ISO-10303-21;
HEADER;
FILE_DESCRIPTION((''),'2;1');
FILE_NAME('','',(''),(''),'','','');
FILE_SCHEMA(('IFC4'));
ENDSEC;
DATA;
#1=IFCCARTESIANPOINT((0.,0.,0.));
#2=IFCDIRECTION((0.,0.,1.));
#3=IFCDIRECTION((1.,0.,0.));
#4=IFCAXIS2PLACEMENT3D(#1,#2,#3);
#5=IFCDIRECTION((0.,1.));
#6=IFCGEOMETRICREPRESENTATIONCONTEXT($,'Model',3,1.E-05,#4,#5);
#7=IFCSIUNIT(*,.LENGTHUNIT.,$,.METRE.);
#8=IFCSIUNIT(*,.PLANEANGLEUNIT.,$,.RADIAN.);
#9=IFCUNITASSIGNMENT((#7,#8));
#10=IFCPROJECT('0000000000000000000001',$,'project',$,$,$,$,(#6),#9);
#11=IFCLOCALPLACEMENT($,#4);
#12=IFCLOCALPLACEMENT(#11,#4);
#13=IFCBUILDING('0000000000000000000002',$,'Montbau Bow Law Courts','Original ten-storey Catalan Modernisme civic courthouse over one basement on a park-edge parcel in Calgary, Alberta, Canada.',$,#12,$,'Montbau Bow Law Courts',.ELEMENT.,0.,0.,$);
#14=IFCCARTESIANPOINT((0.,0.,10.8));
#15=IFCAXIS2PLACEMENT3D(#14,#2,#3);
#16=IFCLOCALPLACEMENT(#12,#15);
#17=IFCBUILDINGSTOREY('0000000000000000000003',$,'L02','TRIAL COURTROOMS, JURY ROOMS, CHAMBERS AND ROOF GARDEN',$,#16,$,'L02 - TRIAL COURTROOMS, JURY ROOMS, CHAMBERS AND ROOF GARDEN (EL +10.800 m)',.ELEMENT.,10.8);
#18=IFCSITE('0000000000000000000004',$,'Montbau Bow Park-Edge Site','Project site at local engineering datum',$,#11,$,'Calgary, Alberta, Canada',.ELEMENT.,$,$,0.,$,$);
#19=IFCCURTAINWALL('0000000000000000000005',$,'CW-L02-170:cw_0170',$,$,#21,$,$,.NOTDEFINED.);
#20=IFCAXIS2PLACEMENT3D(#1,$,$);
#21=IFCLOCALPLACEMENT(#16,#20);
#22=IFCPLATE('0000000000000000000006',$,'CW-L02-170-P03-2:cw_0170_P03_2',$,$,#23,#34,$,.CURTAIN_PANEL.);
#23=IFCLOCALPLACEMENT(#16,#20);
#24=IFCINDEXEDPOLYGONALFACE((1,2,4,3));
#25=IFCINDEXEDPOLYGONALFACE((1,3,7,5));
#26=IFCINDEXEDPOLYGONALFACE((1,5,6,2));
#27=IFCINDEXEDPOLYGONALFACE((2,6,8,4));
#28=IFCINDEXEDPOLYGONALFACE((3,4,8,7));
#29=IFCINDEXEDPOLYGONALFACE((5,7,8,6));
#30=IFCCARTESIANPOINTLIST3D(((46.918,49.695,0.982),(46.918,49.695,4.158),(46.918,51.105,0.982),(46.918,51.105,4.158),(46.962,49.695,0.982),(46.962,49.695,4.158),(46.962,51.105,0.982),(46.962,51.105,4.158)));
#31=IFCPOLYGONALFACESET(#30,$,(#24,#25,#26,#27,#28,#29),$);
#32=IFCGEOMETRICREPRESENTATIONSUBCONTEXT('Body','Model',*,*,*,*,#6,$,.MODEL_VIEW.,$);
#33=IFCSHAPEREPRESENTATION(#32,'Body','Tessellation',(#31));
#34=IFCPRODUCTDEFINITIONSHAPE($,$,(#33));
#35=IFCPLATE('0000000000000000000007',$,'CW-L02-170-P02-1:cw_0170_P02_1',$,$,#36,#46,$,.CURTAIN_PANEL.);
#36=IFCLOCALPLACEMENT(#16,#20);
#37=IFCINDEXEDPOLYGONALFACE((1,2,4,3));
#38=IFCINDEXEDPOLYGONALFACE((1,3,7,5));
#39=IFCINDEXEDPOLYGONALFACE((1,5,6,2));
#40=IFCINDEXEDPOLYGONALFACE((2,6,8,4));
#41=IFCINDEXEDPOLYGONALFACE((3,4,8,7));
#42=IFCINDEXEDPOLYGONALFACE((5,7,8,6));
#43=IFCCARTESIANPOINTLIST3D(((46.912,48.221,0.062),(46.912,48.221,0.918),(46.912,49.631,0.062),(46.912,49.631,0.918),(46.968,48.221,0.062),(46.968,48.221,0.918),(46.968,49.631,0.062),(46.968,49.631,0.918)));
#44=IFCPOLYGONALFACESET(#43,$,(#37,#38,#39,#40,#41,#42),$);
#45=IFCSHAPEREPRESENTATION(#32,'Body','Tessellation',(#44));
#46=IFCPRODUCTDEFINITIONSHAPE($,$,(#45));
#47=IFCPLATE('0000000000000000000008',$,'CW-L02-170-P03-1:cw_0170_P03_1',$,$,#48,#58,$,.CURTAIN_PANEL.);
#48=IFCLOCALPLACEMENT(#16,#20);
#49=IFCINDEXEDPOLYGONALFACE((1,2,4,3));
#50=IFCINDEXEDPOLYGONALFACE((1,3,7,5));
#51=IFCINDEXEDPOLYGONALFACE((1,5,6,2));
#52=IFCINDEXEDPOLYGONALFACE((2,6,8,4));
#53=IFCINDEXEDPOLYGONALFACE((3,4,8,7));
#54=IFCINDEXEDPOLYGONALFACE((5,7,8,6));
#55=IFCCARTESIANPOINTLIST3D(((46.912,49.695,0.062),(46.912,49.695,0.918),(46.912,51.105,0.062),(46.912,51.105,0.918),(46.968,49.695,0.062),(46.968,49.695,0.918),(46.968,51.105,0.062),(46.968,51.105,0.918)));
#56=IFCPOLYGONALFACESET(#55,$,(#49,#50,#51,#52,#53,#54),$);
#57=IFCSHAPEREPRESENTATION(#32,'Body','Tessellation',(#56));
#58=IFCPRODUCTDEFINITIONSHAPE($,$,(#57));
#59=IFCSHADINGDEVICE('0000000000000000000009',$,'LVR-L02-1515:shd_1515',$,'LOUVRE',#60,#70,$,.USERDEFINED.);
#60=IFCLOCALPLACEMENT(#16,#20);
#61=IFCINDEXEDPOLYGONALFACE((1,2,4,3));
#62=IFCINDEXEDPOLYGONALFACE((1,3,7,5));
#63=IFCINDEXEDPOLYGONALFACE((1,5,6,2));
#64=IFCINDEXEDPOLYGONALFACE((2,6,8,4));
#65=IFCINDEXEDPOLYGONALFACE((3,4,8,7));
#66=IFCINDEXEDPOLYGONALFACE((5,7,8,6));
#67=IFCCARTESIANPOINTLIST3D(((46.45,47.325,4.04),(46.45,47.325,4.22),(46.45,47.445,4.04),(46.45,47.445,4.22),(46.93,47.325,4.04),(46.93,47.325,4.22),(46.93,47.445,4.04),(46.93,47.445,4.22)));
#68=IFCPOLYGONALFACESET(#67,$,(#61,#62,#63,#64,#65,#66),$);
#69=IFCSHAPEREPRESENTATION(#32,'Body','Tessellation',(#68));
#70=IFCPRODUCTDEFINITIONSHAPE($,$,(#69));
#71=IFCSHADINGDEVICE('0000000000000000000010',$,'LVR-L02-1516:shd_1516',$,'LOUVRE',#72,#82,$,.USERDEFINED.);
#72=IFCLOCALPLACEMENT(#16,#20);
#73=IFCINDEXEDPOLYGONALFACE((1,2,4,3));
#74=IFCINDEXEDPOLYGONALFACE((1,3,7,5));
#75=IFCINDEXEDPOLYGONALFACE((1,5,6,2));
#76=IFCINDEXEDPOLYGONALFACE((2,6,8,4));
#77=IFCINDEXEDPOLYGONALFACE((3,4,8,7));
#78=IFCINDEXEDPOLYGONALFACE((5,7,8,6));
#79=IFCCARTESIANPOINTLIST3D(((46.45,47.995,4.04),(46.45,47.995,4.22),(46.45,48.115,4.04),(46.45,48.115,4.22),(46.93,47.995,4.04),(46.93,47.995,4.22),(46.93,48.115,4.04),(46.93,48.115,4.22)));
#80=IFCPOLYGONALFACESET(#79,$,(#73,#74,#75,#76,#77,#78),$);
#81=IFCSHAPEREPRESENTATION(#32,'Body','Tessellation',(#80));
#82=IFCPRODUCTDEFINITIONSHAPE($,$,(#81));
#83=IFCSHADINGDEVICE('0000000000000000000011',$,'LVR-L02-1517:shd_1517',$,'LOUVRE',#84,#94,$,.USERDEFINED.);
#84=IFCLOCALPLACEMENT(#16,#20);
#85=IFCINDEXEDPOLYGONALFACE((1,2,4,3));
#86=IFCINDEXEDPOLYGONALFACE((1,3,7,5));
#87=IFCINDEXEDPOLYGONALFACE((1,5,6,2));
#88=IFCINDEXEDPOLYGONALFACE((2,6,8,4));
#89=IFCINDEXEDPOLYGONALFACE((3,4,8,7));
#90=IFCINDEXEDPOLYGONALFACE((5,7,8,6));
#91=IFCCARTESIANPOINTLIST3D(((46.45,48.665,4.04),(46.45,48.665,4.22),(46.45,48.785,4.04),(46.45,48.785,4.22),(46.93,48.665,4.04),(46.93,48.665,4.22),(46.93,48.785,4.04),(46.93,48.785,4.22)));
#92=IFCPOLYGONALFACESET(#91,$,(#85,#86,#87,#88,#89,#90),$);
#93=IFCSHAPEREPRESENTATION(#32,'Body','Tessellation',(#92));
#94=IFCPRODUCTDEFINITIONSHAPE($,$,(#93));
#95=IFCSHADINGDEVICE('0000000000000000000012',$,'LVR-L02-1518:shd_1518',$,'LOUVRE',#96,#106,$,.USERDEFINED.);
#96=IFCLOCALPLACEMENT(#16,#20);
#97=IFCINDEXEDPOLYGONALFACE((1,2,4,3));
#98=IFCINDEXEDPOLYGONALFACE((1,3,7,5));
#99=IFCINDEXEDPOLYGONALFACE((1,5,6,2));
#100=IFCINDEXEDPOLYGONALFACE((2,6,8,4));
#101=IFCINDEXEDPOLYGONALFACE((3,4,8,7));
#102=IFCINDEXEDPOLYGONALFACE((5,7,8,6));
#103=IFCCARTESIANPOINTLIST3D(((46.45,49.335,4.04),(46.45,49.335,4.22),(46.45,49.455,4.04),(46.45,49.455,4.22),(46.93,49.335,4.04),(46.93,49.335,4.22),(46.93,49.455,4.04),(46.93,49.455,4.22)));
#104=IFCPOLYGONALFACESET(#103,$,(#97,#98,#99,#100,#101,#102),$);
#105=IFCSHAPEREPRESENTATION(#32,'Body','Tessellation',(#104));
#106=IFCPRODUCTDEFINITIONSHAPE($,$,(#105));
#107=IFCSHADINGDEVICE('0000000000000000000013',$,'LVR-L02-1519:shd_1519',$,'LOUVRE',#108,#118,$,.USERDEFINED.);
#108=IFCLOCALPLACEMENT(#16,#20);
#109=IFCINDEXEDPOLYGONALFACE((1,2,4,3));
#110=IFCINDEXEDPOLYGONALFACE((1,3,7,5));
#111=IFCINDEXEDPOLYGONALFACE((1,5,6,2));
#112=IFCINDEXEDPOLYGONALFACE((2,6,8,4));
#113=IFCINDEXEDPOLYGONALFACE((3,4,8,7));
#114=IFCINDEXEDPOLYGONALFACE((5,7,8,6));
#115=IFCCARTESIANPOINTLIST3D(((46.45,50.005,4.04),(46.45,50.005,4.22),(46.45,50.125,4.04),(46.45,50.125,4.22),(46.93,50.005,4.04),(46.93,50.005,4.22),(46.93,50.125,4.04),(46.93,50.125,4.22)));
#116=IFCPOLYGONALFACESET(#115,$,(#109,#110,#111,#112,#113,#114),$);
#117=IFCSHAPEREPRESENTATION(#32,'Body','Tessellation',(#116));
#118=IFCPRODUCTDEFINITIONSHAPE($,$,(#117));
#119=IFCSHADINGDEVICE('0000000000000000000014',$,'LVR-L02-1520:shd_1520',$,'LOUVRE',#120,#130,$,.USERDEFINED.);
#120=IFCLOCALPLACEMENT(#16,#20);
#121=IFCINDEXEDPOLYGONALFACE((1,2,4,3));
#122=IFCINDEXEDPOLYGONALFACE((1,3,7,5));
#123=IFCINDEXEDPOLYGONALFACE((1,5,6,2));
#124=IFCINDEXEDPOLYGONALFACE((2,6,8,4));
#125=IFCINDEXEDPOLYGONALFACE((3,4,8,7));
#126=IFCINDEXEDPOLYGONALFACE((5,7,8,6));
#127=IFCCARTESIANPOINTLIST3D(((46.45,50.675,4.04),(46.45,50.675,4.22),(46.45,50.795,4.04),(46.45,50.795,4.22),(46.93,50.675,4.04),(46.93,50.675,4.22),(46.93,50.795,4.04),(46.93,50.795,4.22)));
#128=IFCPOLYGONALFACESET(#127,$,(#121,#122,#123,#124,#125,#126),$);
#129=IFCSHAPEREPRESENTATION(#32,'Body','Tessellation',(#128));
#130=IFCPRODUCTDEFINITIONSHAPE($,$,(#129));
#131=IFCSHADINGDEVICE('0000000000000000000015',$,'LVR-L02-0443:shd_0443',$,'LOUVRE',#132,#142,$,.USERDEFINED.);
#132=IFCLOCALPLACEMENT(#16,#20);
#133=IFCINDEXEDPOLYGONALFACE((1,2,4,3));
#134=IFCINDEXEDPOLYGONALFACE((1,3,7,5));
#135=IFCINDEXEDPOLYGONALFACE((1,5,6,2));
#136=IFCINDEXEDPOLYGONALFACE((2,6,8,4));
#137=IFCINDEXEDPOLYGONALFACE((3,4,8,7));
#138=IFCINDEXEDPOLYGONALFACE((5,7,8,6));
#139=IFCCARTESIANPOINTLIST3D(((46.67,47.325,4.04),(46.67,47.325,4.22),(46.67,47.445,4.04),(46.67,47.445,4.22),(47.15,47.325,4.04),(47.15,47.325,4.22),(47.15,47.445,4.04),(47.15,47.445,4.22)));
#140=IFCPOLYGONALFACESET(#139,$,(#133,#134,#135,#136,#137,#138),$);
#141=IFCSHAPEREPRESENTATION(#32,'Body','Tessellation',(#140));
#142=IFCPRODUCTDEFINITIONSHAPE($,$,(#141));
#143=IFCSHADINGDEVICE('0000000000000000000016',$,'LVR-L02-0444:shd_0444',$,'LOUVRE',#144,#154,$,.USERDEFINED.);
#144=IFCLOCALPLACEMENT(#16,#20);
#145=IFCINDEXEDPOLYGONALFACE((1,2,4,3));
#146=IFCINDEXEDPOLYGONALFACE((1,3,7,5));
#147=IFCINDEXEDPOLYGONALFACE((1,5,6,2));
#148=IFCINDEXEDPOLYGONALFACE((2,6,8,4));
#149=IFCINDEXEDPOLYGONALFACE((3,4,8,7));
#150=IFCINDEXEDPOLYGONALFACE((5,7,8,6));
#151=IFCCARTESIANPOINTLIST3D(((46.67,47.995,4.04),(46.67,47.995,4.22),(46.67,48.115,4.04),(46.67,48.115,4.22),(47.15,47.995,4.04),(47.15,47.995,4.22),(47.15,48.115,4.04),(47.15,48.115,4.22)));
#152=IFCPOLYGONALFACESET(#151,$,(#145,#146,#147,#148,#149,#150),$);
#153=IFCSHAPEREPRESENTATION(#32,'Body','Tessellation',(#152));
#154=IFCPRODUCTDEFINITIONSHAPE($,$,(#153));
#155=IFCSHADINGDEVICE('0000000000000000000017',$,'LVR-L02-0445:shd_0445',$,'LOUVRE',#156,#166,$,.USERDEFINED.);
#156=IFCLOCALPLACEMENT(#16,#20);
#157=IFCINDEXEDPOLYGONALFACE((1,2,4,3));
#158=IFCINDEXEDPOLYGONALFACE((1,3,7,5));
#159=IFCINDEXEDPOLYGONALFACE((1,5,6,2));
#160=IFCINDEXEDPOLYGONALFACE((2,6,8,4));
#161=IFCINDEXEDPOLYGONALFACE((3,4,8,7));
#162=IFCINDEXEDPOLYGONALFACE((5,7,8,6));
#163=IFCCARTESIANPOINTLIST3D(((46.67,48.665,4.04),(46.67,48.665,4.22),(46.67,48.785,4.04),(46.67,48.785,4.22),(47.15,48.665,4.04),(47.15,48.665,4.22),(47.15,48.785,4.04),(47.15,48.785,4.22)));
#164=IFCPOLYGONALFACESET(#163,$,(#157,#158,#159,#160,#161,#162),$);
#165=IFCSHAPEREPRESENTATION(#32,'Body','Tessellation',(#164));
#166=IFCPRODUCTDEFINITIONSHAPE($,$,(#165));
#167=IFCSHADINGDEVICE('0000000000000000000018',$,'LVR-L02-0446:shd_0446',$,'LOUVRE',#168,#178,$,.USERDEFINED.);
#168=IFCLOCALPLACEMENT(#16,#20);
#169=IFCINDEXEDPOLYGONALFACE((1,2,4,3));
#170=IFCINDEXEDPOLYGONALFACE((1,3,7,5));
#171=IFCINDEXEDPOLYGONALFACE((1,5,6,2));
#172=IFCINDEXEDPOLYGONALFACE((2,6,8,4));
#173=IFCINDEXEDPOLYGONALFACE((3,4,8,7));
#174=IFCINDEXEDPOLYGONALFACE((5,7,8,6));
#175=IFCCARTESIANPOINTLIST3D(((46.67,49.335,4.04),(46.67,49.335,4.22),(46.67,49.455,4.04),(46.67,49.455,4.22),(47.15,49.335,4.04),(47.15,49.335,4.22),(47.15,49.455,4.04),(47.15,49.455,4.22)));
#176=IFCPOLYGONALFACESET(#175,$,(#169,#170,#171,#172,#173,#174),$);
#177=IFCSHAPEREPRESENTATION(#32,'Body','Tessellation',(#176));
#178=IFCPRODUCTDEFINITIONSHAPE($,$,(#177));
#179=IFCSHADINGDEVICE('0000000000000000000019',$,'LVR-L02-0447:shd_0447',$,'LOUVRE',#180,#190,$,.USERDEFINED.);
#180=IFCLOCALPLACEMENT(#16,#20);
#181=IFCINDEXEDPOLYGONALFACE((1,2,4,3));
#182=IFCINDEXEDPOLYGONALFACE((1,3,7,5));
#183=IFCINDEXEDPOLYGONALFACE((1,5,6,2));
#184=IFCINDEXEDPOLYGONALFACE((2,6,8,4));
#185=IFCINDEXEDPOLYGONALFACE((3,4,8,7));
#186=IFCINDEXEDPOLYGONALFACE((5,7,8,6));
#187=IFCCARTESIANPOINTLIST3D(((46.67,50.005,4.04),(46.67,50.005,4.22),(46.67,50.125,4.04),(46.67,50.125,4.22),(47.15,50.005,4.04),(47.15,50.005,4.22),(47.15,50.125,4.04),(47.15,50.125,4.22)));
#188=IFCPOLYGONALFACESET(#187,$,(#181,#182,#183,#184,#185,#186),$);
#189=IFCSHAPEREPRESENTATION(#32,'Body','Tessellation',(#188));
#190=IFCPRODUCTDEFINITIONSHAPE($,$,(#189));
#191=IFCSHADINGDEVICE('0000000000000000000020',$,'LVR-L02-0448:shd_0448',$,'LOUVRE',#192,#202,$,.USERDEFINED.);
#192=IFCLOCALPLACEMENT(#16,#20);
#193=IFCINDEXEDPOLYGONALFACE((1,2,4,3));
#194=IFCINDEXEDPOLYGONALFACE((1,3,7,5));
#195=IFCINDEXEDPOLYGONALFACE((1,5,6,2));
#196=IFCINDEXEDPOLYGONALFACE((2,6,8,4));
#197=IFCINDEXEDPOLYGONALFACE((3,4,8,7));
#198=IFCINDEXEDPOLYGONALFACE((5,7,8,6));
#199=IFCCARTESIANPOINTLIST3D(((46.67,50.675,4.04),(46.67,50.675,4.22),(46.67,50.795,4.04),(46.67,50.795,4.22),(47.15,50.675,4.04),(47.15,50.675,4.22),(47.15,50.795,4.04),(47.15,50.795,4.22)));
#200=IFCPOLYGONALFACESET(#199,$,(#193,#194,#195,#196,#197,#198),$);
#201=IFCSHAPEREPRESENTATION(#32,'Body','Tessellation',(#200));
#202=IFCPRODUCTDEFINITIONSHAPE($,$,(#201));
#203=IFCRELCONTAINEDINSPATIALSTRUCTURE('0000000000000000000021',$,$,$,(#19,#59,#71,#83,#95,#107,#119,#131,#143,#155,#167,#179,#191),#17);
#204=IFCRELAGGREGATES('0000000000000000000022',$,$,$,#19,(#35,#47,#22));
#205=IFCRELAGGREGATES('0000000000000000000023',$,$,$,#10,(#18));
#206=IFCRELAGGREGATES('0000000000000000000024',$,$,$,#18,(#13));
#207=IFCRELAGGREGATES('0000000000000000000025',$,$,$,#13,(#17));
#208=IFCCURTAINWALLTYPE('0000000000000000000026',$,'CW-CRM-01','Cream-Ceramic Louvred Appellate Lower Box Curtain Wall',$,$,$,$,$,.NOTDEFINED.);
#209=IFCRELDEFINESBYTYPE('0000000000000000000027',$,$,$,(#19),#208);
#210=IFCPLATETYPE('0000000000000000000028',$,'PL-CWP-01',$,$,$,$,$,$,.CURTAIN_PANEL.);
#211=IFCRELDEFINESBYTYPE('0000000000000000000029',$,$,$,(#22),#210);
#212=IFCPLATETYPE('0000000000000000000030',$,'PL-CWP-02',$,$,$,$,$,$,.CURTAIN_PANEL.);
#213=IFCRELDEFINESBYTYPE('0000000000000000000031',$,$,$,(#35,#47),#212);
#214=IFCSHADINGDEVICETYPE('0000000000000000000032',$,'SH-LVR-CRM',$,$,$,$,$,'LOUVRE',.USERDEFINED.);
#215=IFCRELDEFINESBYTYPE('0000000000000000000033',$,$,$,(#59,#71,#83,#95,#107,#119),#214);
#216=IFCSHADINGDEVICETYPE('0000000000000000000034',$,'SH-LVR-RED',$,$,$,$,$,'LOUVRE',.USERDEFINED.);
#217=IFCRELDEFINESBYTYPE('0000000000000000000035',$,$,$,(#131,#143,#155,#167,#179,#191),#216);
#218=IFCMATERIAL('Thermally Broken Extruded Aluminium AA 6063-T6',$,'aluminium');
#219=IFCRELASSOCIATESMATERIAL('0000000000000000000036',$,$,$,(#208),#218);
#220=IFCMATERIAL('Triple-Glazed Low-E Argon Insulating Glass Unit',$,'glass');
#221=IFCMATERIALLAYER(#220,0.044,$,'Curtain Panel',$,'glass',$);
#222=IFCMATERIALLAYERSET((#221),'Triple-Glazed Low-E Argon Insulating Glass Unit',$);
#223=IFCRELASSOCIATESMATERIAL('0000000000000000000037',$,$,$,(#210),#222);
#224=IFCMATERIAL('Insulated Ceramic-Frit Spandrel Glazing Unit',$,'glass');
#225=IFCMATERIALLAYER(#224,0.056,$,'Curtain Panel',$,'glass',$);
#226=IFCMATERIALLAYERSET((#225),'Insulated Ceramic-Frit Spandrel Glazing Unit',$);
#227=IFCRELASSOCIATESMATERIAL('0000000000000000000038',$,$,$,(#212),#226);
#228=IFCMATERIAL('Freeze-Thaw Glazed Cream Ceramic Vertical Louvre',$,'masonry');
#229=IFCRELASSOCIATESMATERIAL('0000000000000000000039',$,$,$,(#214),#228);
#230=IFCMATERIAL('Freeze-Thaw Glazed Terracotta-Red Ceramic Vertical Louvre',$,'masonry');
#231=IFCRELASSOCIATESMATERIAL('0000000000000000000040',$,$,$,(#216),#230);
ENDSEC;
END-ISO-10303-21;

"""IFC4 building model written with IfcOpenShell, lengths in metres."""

from ifc_helpers import new_model, si_unit, direction, frame, frame_2d, origin_with_axes, origin_2d_with_axis, place, context, subcontext, project, spatial, rectangle, extrude, material, layer, layer_set, type_object, element, aggregate, save


model = new_model("IFC4")

# Units and contexts
model_context = context("Model", 3, precision=1e-05, world=origin_with_axes(), true_north=direction((0.0, 1.0)))
body_context = subcontext(model_context, "Body", "Model", "MODEL_VIEW")
ifc_project = project(units=[si_unit("LENGTHUNIT", "METRE"), si_unit("PLANEANGLEUNIT", "RADIAN")], contexts=[model_context])

# Site, building, storey
site_placement = place(None, origin_with_axes())
site = spatial("IfcSite", under=ifc_project, at=site_placement, Name="Montbau Bow Park-Edge Site", Description="Project site at local engineering datum", LongName="Calgary, Alberta, Canada", CompositionType="ELEMENT", RefElevation=0.0)
building_placement = place(site_placement, origin_with_axes())
building = spatial("IfcBuilding", under=site, at=building_placement, Name="Montbau Bow Law Courts", Description="Original ten-storey Catalan Modernisme civic courthouse over one basement on a park-edge parcel in Calgary, Alberta, Canada.", LongName="Montbau Bow Law Courts", CompositionType="ELEMENT", ElevationOfRefHeight=0.0, ElevationOfTerrain=0.0)
storey_placement = place(building_placement, frame((0.0, 0.0, 10.8), z_axis=(0.0, 0.0, 1.0), x_axis=(1.0, 0.0, 0.0)))
storey = spatial("IfcBuildingStorey", under=building, at=storey_placement, Name="L02", Description="TRIAL COURTROOMS, JURY ROOMS, CHAMBERS AND ROOF GARDEN", LongName="L02 - TRIAL COURTROOMS, JURY ROOMS, CHAMBERS AND ROOF GARDEN (EL +10.800 m)", CompositionType="ELEMENT", Elevation=10.8)

# Curtain wall
ifc_material_1 = material(Name="Thermally Broken Extruded Aluminium AA 6063-T6", Category="aluminium")
curtain_wall_type_1 = type_object("IfcCurtainWallType", Name="CW-CRM-01", Description="Cream-Ceramic Louvred Appellate Lower Box Curtain Wall", PredefinedType="NOTDEFINED", material=ifc_material_1)
curtain_wall_1_placement = place(None, frame((46.94, 46.715, 10.8), z_axis=(0.0, 0.0, 1.0), x_axis=(1.0, 0.0, 0.0)))
curtain_wall_1 = element("IfcCurtainWall", 1, at=curtain_wall_1_placement, inside=storey, type_object=curtain_wall_type_1, Name="CW-L02-170:cw_0170", PredefinedType="NOTDEFINED")

# Shared definitions
ifc_material_2 = material(Name="Triple-Glazed Low-E Argon Insulating Glass Unit", Category="glass")
ifc_layer_1 = layer(ifc_material_2, 0.044, Name="Curtain Panel", Category="glass")
ifc_layer_set_1 = layer_set([ifc_layer_1], Name="Triple-Glazed Low-E Argon Insulating Glass Unit")
plate_type_1 = type_object("IfcPlateType", Name="PL-CWP-01", PredefinedType="CURTAIN_PANEL", material=ifc_layer_set_1)

# Plates
plate_1_placement = place(None, frame((46.94, 49.695, 11.782), z_axis=(1.0, 0.0, 0.0), x_axis=(0.0, 1.0, 0.0)))
plate_1 = element("IfcPlate", 2, at=plate_1_placement, type_object=plate_type_1, Name="CW-L02-170-P03-2:cw_0170_P03_2", PredefinedType="CURTAIN_PANEL", context=body_context, shape_type="SweptSolid", body=[
    extrude(rectangle(XDim=1.41, YDim=3.176, at=frame_2d((0.705, 1.588), x_axis=(1.0, 0.0))), frame((0.0, 0.0, -0.022), z_axis=(0.0, 0.0, 1.0), x_axis=(1.0, 0.0, 0.0)), (0.0, 0.0, 1.0), 0.044),
])
ifc_material_3 = material(Name="Insulated Ceramic-Frit Spandrel Glazing Unit", Category="glass")
ifc_layer_2 = layer(ifc_material_3, 0.056, Name="Curtain Panel", Category="glass")
ifc_layer_set_2 = layer_set([ifc_layer_2], Name="Insulated Ceramic-Frit Spandrel Glazing Unit")
plate_type_2 = type_object("IfcPlateType", Name="PL-CWP-02", PredefinedType="CURTAIN_PANEL", material=ifc_layer_set_2)
plate_2_placement = place(None, frame((46.94, 48.221, 10.862), z_axis=(1.0, 0.0, 0.0), x_axis=(0.0, 1.0, 0.0)))
plate_2 = element("IfcPlate", 3, at=plate_2_placement, type_object=plate_type_2, Name="CW-L02-170-P02-1:cw_0170_P02_1", PredefinedType="CURTAIN_PANEL", context=body_context, shape_type="SweptSolid", body=[
    extrude(rectangle(XDim=1.41, YDim=0.856, at=frame_2d((0.705, 0.428), x_axis=(1.0, 0.0))), frame((0.0, 0.0, -0.028), z_axis=(0.0, 0.0, 1.0), x_axis=(1.0, 0.0, 0.0)), (0.0, 0.0, 1.0), 0.056),
])
plate_3_placement = place(None, frame((46.94, 49.695, 10.862), z_axis=(1.0, 0.0, 0.0), x_axis=(0.0, 1.0, 0.0)))
plate_3 = element("IfcPlate", 4, at=plate_3_placement, type_object=plate_type_2, Name="CW-L02-170-P03-1:cw_0170_P03_1", PredefinedType="CURTAIN_PANEL", context=body_context, shape_type="SweptSolid", body=[
    extrude(rectangle(XDim=1.41, YDim=0.856, at=frame_2d((0.705, 0.428), x_axis=(1.0, 0.0))), frame((0.0, 0.0, -0.028), z_axis=(0.0, 0.0, 1.0), x_axis=(1.0, 0.0, 0.0)), (0.0, 0.0, 1.0), 0.056),
])
aggregate(curtain_wall_1, [plate_2, plate_3, plate_1])

# Shading devices
ifc_material_4 = material(Name="Freeze-Thaw Glazed Cream Ceramic Vertical Louvre", Category="masonry")
shading_device_type_1 = type_object("IfcShadingDeviceType", Name="SH-LVR-CRM", ElementType="LOUVRE", PredefinedType="USERDEFINED", material=ifc_material_4)
for number, where, z_axis, x_axis, name in (
    (5, (46.69, 47.385, 14.84), (0.0, 0.0, 1.0), (-1.0, 0.0, 0.0), "LVR-L02-1515:shd_1515"),
    (6, (46.69, 48.055, 14.84), (0.0, 0.0, 1.0), (-1.0, 0.0, 0.0), "LVR-L02-1516:shd_1516"),
    (7, (46.69, 48.725, 14.84), (0.0, 0.0, 1.0), (-1.0, 0.0, 0.0), "LVR-L02-1517:shd_1517"),
    (8, (46.69, 49.395, 14.84), (0.0, 0.0, 1.0), (-1.0, 0.0, 0.0), "LVR-L02-1518:shd_1518"),
    (9, (46.69, 50.065, 14.84), (0.0, 0.0, 1.0), (-1.0, 0.0, 0.0), "LVR-L02-1519:shd_1519"),
    (10, (46.69, 50.735, 14.84), (0.0, 0.0, 1.0), (-1.0, 0.0, 0.0), "LVR-L02-1520:shd_1520"),
):
    element("IfcShadingDevice", number, at=place(None, frame(where, z_axis=z_axis, x_axis=x_axis)), inside=storey, type_object=shading_device_type_1, Name=name, ObjectType="LOUVRE", PredefinedType="USERDEFINED", context=body_context, shape_type="SweptSolid", body=[
        extrude(rectangle(XDim=0.48, YDim=0.12, at=origin_2d_with_axis()), origin_with_axes(), (0.0, 0.0, 1.0), 0.18),
    ])
ifc_material_5 = material(Name="Freeze-Thaw Glazed Terracotta-Red Ceramic Vertical Louvre", Category="masonry")
shading_device_type_2 = type_object("IfcShadingDeviceType", Name="SH-LVR-RED", ElementType="LOUVRE", PredefinedType="USERDEFINED", material=ifc_material_5)
for number, where, z_axis, x_axis, name in (
    (11, (46.91, 47.385, 14.84), (0.0, 0.0, 1.0), (1.0, 0.0, 0.0), "LVR-L02-0443:shd_0443"),
    (12, (46.91, 48.055, 14.84), (0.0, 0.0, 1.0), (1.0, 0.0, 0.0), "LVR-L02-0444:shd_0444"),
    (13, (46.91, 48.725, 14.84), (0.0, 0.0, 1.0), (1.0, 0.0, 0.0), "LVR-L02-0445:shd_0445"),
    (14, (46.91, 49.395, 14.84), (0.0, 0.0, 1.0), (1.0, 0.0, 0.0), "LVR-L02-0446:shd_0446"),
    (15, (46.91, 50.065, 14.84), (0.0, 0.0, 1.0), (1.0, 0.0, 0.0), "LVR-L02-0447:shd_0447"),
    (16, (46.91, 50.735, 14.84), (0.0, 0.0, 1.0), (1.0, 0.0, 0.0), "LVR-L02-0448:shd_0448"),
):
    element("IfcShadingDevice", number, at=place(None, frame(where, z_axis=z_axis, x_axis=x_axis)), inside=storey, type_object=shading_device_type_2, Name=name, ObjectType="LOUVRE", PredefinedType="USERDEFINED", context=body_context, shape_type="SweptSolid", body=[
        extrude(rectangle(XDim=0.48, YDim=0.12, at=origin_2d_with_axis()), origin_with_axes(), (0.0, 0.0, 1.0), 0.18),
    ])

save(model, "model.ifc")
